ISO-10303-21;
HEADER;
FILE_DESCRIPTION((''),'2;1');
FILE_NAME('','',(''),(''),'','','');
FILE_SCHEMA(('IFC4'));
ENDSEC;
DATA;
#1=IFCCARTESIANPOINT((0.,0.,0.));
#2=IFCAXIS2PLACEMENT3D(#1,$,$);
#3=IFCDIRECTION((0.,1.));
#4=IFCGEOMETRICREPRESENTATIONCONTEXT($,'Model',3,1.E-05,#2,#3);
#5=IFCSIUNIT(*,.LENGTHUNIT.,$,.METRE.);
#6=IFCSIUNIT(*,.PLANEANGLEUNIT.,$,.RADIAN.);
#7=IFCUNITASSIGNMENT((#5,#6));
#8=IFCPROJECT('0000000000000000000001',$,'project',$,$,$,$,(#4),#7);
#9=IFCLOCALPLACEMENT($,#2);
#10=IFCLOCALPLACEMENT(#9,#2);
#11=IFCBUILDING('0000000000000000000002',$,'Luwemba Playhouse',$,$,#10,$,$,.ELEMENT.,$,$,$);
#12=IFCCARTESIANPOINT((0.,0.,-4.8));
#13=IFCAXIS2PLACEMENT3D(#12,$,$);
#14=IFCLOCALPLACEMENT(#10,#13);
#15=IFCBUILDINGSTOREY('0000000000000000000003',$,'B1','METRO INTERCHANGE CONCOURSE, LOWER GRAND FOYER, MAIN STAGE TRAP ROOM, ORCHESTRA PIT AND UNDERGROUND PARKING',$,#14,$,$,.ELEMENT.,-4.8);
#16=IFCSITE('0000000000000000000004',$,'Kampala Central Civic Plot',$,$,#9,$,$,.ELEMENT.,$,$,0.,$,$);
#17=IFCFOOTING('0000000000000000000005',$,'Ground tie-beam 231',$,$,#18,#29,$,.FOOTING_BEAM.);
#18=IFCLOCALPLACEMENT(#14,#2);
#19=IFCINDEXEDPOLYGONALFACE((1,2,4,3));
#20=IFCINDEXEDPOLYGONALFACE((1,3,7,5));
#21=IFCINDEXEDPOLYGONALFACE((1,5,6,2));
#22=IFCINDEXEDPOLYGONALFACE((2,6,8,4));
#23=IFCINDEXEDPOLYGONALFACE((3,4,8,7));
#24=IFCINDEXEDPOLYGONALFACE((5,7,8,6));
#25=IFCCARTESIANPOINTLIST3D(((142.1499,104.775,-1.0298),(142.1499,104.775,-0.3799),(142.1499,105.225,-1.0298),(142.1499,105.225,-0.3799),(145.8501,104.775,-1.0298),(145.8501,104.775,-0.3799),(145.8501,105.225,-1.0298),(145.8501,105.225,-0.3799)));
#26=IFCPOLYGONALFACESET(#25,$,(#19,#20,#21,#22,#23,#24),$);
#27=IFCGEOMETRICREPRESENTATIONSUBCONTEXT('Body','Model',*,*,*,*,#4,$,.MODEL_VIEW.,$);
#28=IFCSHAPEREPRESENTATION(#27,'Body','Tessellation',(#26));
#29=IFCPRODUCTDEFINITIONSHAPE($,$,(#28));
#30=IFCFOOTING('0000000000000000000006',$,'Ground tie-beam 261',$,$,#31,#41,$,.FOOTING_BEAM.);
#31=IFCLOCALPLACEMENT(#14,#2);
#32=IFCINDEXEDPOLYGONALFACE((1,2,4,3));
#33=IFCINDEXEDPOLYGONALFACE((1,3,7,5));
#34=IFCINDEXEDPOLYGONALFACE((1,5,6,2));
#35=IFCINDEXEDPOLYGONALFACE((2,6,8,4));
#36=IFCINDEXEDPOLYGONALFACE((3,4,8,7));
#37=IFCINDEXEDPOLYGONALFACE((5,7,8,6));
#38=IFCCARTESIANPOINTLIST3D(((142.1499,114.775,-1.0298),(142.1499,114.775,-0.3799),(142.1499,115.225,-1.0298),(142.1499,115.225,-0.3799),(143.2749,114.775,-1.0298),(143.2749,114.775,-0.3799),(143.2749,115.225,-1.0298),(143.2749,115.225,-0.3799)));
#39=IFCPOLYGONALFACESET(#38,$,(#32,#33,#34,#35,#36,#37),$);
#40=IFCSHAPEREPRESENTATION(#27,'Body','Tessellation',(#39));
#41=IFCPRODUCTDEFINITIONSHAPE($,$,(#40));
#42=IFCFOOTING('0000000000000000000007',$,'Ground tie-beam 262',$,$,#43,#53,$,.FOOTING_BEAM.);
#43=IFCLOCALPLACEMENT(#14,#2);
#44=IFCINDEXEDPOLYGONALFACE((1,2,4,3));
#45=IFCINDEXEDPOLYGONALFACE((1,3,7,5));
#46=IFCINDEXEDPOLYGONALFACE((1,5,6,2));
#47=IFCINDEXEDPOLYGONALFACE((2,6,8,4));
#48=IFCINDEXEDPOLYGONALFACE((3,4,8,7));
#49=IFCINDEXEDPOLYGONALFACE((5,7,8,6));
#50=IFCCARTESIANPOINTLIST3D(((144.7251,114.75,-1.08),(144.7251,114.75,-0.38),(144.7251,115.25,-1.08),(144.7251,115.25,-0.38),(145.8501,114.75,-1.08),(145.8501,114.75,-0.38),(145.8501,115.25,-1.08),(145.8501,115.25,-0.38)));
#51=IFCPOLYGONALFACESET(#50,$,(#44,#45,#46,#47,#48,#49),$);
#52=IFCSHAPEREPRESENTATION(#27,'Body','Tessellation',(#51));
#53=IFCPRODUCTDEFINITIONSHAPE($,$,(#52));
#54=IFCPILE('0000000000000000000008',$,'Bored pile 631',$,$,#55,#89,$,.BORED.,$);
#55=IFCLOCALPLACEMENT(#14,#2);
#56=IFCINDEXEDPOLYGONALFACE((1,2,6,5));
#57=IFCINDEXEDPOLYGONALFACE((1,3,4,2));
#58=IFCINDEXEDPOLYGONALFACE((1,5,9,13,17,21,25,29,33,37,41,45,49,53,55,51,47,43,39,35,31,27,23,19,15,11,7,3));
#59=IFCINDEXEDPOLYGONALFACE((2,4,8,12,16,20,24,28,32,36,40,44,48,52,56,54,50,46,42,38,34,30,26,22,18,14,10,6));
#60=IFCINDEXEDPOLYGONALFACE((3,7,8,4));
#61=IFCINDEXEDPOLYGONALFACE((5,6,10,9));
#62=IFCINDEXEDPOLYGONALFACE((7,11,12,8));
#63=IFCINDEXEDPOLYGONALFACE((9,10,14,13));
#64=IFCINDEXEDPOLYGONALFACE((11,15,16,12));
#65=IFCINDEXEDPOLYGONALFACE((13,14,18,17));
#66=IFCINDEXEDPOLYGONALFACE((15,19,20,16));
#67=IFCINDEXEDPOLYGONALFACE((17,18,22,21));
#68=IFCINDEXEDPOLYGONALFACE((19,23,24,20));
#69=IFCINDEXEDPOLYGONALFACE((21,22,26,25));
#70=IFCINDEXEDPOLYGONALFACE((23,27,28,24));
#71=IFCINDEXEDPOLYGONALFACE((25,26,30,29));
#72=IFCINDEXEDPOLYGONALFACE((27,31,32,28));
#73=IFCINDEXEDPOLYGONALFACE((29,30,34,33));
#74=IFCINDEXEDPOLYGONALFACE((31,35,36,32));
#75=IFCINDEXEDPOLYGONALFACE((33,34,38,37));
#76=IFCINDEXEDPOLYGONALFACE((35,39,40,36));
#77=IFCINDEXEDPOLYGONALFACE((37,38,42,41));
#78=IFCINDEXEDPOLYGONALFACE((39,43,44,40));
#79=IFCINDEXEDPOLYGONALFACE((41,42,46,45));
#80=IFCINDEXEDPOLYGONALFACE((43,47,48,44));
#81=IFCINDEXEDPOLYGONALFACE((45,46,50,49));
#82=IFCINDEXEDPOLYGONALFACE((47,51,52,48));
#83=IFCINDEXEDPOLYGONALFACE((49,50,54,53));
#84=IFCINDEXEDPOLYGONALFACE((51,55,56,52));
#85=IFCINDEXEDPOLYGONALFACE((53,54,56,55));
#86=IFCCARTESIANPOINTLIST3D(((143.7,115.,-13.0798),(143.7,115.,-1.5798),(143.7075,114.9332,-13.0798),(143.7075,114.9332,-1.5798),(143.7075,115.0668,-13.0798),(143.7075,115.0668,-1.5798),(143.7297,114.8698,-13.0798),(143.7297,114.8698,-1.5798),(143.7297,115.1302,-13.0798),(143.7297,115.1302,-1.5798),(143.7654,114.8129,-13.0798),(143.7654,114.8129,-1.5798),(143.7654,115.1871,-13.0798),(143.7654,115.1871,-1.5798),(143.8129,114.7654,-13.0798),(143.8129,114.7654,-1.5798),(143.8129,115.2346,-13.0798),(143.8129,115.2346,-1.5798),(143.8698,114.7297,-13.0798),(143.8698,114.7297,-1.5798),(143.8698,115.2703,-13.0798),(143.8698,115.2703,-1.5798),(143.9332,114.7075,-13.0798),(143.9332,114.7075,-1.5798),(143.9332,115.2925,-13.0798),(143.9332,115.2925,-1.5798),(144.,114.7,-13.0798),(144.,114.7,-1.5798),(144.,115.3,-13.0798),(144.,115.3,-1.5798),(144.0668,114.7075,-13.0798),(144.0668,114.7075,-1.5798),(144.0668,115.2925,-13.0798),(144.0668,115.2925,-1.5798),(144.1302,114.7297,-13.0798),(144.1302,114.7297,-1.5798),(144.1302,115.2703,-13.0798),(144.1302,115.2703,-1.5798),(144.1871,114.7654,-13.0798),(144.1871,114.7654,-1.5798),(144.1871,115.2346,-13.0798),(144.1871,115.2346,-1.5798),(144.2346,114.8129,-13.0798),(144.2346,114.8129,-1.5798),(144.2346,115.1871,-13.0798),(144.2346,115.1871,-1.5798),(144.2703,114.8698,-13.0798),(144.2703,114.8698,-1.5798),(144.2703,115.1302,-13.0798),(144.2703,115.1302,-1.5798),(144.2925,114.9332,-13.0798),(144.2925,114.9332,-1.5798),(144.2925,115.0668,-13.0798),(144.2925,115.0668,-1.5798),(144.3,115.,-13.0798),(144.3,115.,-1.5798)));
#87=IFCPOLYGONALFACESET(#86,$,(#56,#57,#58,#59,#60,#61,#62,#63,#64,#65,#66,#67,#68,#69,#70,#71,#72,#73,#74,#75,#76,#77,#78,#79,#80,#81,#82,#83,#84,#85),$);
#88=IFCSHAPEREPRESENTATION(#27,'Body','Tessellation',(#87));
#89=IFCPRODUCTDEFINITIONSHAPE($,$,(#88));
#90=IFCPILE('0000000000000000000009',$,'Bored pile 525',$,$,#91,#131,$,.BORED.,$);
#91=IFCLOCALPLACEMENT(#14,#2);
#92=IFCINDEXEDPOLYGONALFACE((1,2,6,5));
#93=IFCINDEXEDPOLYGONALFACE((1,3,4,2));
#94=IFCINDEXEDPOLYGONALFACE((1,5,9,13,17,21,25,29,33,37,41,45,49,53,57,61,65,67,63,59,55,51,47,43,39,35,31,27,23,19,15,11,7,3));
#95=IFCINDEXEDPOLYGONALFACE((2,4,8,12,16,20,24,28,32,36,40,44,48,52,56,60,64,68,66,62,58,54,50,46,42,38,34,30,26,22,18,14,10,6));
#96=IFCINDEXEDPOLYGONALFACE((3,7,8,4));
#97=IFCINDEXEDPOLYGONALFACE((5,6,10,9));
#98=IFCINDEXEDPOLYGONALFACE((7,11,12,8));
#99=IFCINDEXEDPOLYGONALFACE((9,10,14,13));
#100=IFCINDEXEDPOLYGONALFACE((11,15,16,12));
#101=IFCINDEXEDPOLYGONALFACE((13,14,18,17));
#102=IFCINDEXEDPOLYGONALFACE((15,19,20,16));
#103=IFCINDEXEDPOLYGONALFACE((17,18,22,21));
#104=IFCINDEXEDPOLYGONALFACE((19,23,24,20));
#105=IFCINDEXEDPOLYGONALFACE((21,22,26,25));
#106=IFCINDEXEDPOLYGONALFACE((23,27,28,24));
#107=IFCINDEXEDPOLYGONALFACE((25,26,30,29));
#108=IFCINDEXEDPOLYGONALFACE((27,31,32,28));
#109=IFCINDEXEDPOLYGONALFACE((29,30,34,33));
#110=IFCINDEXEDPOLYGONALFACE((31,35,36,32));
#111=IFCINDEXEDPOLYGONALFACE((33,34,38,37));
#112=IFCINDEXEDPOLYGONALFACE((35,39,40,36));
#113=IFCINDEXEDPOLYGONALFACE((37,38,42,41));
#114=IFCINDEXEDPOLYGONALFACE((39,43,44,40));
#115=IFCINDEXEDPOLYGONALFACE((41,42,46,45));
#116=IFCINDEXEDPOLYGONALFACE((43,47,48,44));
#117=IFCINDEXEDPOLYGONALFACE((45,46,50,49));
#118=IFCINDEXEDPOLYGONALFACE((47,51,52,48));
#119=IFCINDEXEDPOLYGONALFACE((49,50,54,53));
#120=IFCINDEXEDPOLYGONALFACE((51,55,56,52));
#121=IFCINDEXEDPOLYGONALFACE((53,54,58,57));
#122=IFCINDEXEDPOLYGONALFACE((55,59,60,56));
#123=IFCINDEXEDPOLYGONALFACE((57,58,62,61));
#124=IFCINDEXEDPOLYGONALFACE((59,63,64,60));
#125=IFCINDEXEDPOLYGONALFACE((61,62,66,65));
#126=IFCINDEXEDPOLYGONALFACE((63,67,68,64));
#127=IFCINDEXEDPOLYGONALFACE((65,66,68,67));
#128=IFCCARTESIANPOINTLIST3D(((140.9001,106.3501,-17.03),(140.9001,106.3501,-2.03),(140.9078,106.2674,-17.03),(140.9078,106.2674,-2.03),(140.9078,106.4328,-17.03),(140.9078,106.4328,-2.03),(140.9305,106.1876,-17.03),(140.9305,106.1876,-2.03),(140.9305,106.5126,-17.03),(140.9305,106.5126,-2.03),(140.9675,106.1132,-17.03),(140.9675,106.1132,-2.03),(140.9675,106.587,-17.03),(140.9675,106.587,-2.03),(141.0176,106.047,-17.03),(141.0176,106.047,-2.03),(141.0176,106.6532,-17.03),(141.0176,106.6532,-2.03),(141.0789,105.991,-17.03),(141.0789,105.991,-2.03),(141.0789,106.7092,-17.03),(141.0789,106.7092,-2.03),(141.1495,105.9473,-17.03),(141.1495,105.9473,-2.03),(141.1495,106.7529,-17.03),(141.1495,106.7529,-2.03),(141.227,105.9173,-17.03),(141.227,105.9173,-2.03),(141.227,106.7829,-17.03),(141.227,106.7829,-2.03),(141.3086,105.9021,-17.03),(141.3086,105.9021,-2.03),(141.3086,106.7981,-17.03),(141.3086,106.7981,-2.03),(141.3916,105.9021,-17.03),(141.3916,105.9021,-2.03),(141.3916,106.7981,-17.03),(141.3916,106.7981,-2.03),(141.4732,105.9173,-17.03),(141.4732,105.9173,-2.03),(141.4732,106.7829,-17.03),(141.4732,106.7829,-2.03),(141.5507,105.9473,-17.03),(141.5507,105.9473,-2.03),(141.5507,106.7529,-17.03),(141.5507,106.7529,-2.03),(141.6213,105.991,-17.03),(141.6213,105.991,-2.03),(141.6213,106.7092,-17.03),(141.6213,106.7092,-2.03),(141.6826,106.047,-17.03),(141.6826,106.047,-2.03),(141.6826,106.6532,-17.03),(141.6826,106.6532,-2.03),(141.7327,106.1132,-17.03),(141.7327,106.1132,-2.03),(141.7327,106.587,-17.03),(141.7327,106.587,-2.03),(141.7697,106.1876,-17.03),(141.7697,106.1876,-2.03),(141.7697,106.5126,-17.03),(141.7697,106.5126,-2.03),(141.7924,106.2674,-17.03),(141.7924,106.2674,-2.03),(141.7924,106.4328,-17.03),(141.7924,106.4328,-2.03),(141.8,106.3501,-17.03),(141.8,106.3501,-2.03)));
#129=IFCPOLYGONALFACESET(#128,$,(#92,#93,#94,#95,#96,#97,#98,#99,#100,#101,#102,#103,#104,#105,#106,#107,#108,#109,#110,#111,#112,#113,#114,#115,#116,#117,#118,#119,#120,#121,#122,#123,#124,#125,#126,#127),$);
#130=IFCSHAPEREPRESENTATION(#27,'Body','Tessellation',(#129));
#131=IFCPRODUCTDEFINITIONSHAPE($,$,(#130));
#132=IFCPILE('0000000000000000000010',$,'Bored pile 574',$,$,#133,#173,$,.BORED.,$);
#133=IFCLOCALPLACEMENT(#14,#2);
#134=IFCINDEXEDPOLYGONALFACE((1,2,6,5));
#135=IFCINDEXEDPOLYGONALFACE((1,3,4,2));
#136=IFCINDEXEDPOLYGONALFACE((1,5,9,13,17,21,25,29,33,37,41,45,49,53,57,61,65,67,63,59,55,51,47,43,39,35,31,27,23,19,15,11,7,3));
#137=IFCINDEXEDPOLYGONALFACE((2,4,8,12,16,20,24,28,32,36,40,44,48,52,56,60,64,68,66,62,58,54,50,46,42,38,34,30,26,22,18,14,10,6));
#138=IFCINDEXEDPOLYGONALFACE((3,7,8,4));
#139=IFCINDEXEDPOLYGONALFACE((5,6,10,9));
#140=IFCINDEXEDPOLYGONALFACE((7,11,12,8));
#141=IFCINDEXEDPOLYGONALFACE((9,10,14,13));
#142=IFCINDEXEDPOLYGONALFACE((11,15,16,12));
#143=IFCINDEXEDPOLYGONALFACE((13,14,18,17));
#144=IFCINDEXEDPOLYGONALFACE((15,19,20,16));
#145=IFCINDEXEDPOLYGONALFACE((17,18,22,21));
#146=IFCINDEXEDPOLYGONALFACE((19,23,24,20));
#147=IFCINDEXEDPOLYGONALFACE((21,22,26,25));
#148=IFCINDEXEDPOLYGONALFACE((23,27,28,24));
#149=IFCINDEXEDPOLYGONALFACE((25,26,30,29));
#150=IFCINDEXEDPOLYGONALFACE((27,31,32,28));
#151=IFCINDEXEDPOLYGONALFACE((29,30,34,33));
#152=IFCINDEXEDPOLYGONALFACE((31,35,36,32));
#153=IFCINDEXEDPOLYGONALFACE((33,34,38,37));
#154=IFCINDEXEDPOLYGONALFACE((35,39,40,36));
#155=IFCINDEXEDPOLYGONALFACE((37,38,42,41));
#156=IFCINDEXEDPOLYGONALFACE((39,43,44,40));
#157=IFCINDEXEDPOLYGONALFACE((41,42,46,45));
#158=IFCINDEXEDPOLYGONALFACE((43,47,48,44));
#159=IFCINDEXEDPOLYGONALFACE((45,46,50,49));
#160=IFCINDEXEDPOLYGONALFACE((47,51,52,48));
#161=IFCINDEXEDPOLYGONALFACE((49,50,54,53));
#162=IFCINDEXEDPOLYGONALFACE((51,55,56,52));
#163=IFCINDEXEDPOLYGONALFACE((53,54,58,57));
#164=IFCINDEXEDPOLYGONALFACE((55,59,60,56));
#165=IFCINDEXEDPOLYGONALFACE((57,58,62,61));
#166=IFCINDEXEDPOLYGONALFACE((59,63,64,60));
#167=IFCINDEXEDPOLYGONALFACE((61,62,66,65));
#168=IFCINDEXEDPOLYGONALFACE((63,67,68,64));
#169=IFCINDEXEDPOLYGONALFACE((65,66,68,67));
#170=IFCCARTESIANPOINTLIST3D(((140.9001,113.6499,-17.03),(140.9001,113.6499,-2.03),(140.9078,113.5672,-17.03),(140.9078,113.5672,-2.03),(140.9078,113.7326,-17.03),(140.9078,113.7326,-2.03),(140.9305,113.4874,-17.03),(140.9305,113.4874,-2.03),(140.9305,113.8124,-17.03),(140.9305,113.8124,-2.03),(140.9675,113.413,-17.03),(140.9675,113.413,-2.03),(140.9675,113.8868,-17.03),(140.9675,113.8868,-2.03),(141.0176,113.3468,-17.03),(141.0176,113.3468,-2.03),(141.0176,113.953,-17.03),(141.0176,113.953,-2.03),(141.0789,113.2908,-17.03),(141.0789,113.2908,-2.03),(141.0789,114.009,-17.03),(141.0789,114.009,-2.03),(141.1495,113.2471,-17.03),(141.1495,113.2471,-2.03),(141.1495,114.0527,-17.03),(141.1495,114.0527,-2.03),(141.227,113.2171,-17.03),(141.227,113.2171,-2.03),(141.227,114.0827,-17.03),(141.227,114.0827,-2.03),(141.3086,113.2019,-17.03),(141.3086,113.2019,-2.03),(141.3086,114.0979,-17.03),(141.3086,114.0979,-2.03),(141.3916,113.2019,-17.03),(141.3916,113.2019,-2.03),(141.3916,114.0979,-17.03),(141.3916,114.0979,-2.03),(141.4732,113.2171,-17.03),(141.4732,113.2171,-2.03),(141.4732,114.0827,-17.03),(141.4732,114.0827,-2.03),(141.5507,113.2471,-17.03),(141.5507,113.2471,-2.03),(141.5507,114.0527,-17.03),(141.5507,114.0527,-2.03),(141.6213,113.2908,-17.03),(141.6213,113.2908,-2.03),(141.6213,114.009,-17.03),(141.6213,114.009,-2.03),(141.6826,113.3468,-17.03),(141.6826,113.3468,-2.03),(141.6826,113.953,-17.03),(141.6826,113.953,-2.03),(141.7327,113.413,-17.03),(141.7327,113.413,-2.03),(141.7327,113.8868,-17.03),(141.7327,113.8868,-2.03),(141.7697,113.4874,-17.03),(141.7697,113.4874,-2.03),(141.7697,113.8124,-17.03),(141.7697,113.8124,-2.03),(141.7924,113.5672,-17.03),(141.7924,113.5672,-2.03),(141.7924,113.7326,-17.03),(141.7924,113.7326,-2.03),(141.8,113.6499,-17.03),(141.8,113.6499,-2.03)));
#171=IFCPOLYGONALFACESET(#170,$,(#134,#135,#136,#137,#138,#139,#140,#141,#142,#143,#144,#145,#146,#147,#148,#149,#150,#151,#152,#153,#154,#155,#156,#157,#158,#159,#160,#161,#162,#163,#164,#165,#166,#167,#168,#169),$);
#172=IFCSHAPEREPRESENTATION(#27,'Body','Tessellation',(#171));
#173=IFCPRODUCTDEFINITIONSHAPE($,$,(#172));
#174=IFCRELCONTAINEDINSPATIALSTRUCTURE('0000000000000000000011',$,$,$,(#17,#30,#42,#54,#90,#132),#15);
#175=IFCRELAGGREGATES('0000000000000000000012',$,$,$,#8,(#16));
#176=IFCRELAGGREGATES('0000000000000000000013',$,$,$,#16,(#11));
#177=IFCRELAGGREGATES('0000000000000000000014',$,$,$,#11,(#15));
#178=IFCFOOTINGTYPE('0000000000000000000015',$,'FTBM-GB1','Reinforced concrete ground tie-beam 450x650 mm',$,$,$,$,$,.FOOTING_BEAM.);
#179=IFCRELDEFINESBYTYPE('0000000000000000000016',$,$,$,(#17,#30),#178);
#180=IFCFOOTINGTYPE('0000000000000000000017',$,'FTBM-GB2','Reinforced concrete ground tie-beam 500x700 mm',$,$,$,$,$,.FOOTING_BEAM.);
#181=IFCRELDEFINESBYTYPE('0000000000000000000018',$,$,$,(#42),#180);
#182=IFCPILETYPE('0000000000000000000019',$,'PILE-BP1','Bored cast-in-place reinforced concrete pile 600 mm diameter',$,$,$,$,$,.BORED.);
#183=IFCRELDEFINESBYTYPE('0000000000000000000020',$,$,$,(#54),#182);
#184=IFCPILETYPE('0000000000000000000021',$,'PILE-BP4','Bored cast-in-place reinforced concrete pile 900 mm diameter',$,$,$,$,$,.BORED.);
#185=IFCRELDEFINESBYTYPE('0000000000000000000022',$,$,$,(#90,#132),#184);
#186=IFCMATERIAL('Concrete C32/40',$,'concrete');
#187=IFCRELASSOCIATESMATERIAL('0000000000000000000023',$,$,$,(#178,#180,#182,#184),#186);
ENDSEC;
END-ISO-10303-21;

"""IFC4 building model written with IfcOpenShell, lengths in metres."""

from ifc_helpers import new_model, si_unit, direction, frame, origin, origin_2d, place, context, subcontext, project, spatial, rectangle, circle, extrude, material, material_profile, profile_set, type_object, element, save


model = new_model("IFC4")

# Units and contexts
model_context = context("Model", 3, precision=1e-05, world=origin(), true_north=direction((0.0, 1.0)))
body_context = subcontext(model_context, "Body", "Model", "MODEL_VIEW")
ifc_project = project(units=[si_unit("LENGTHUNIT", "METRE"), si_unit("PLANEANGLEUNIT", "RADIAN")], contexts=[model_context])

# Site, building, storey
site_placement = place(None, origin())
site = spatial("IfcSite", under=ifc_project, at=site_placement, Name="Kampala Central Civic Plot", CompositionType="ELEMENT", RefElevation=0.0)
building_placement = place(site_placement, origin())
building = spatial("IfcBuilding", under=site, at=building_placement, Name="Luwemba Playhouse", CompositionType="ELEMENT")
storey_placement = place(building_placement, frame((0.0, 0.0, -4.8)))
storey = spatial("IfcBuildingStorey", under=building, at=storey_placement, Name="B1", Description="METRO INTERCHANGE CONCOURSE, LOWER GRAND FOYER, MAIN STAGE TRAP ROOM, ORCHESTRA PIT AND UNDERGROUND PARKING", CompositionType="ELEMENT", Elevation=-4.8)

# Footings
ifc_material_1 = material(Name="Concrete C32/40", Category="concrete")
ifc_material_profile_1 = material_profile(ifc_material_1, rectangle(XDim=0.45, YDim=0.6499, at=origin_2d()))
ifc_profile_set_1 = profile_set([ifc_material_profile_1], Name="Concrete C32/40")
footing_type_1 = type_object("IfcFootingType", Name="FTBM-GB1", Description="Reinforced concrete ground tie-beam 450x650 mm", PredefinedType="FOOTING_BEAM", material=ifc_profile_set_1)
footing_1_placement = place(storey_placement, frame((142.1499, 105.0, -0.7048), z_axis=(1.0, 0.0, 0.0), x_axis=(0.0, 1.0, 0.0)))
element("IfcFooting", 1, at=footing_1_placement, inside=storey, type_object=footing_type_1, Name="Ground tie-beam 231", PredefinedType="FOOTING_BEAM", context=body_context, shape_type="SweptSolid", body=[
    extrude(rectangle(XDim=0.45, YDim=0.6499, at=origin_2d()), origin(), (0.0, 0.0, 1.0), 3.7002),
])
footing_2_placement = place(storey_placement, frame((142.1499, 115.0, -0.7048), z_axis=(1.0, 0.0, 0.0), x_axis=(0.0, 1.0, 0.0)))
element("IfcFooting", 2, at=footing_2_placement, inside=storey, type_object=footing_type_1, Name="Ground tie-beam 261", PredefinedType="FOOTING_BEAM", context=body_context, shape_type="SweptSolid", body=[
    extrude(rectangle(XDim=0.45, YDim=0.6499, at=origin_2d()), origin(), (0.0, 0.0, 1.0), 1.125),
])
ifc_material_profile_2 = material_profile(ifc_material_1, rectangle(XDim=0.5, YDim=0.7, at=origin_2d()))
ifc_profile_set_2 = profile_set([ifc_material_profile_2], Name="Concrete C32/40")
footing_type_2 = type_object("IfcFootingType", Name="FTBM-GB2", Description="Reinforced concrete ground tie-beam 500x700 mm", PredefinedType="FOOTING_BEAM", material=ifc_profile_set_2)
footing_3_placement = place(storey_placement, frame((144.7251, 115.0, -0.73), z_axis=(1.0, 0.0, 0.0), x_axis=(0.0, 1.0, 0.0)))
element("IfcFooting", 3, at=footing_3_placement, inside=storey, type_object=footing_type_2, Name="Ground tie-beam 262", PredefinedType="FOOTING_BEAM", context=body_context, shape_type="SweptSolid", body=[
    extrude(rectangle(XDim=0.5, YDim=0.7, at=origin_2d()), origin(), (0.0, 0.0, 1.0), 1.125),
])

# Piles
ifc_material_profile_3 = material_profile(ifc_material_1, circle(Radius=0.3, at=origin_2d()))
ifc_profile_set_3 = profile_set([ifc_material_profile_3], Name="Concrete C32/40")
pile_type_1 = type_object("IfcPileType", Name="PILE-BP1", Description="Bored cast-in-place reinforced concrete pile 600 mm diameter", PredefinedType="BORED", material=ifc_profile_set_3)
pile_placement = place(storey_placement, frame((144.0, 115.0, -1.5798), z_axis=(0.0, 0.0, -1.0), x_axis=(1.0, 0.0, 0.0)))
element("IfcPile", 4, at=pile_placement, inside=storey, type_object=pile_type_1, Name="Bored pile 631", PredefinedType="BORED", context=body_context, shape_type="SweptSolid", body=[
    extrude(circle(Radius=0.3, at=origin_2d()), origin(), (0.0, 0.0, 1.0), 11.5),
])
ifc_material_profile_4 = material_profile(ifc_material_1, circle(Radius=0.45, at=origin_2d()))
ifc_profile_set_4 = profile_set([ifc_material_profile_4], Name="Concrete C32/40")
pile_type_2 = type_object("IfcPileType", Name="PILE-BP4", Description="Bored cast-in-place reinforced concrete pile 900 mm diameter", PredefinedType="BORED", material=ifc_profile_set_4)
for number, where, z_axis, x_axis, name in (
    (5, (141.3501, 106.3501, -2.03), (0.0, 0.0, -1.0), (1.0, 0.0, 0.0), "Bored pile 525"),
    (6, (141.3501, 113.6499, -2.03), (0.0, 0.0, -1.0), (1.0, 0.0, 0.0), "Bored pile 574"),
):
    element("IfcPile", number, at=place(storey_placement, frame(where, z_axis=z_axis, x_axis=x_axis)), inside=storey, type_object=pile_type_2, Name=name, PredefinedType="BORED", context=body_context, shape_type="SweptSolid", body=[
        extrude(circle(Radius=0.45, at=origin_2d()), origin(), (0.0, 0.0, 1.0), 15.0),
    ])

save(model, "model.ifc")
